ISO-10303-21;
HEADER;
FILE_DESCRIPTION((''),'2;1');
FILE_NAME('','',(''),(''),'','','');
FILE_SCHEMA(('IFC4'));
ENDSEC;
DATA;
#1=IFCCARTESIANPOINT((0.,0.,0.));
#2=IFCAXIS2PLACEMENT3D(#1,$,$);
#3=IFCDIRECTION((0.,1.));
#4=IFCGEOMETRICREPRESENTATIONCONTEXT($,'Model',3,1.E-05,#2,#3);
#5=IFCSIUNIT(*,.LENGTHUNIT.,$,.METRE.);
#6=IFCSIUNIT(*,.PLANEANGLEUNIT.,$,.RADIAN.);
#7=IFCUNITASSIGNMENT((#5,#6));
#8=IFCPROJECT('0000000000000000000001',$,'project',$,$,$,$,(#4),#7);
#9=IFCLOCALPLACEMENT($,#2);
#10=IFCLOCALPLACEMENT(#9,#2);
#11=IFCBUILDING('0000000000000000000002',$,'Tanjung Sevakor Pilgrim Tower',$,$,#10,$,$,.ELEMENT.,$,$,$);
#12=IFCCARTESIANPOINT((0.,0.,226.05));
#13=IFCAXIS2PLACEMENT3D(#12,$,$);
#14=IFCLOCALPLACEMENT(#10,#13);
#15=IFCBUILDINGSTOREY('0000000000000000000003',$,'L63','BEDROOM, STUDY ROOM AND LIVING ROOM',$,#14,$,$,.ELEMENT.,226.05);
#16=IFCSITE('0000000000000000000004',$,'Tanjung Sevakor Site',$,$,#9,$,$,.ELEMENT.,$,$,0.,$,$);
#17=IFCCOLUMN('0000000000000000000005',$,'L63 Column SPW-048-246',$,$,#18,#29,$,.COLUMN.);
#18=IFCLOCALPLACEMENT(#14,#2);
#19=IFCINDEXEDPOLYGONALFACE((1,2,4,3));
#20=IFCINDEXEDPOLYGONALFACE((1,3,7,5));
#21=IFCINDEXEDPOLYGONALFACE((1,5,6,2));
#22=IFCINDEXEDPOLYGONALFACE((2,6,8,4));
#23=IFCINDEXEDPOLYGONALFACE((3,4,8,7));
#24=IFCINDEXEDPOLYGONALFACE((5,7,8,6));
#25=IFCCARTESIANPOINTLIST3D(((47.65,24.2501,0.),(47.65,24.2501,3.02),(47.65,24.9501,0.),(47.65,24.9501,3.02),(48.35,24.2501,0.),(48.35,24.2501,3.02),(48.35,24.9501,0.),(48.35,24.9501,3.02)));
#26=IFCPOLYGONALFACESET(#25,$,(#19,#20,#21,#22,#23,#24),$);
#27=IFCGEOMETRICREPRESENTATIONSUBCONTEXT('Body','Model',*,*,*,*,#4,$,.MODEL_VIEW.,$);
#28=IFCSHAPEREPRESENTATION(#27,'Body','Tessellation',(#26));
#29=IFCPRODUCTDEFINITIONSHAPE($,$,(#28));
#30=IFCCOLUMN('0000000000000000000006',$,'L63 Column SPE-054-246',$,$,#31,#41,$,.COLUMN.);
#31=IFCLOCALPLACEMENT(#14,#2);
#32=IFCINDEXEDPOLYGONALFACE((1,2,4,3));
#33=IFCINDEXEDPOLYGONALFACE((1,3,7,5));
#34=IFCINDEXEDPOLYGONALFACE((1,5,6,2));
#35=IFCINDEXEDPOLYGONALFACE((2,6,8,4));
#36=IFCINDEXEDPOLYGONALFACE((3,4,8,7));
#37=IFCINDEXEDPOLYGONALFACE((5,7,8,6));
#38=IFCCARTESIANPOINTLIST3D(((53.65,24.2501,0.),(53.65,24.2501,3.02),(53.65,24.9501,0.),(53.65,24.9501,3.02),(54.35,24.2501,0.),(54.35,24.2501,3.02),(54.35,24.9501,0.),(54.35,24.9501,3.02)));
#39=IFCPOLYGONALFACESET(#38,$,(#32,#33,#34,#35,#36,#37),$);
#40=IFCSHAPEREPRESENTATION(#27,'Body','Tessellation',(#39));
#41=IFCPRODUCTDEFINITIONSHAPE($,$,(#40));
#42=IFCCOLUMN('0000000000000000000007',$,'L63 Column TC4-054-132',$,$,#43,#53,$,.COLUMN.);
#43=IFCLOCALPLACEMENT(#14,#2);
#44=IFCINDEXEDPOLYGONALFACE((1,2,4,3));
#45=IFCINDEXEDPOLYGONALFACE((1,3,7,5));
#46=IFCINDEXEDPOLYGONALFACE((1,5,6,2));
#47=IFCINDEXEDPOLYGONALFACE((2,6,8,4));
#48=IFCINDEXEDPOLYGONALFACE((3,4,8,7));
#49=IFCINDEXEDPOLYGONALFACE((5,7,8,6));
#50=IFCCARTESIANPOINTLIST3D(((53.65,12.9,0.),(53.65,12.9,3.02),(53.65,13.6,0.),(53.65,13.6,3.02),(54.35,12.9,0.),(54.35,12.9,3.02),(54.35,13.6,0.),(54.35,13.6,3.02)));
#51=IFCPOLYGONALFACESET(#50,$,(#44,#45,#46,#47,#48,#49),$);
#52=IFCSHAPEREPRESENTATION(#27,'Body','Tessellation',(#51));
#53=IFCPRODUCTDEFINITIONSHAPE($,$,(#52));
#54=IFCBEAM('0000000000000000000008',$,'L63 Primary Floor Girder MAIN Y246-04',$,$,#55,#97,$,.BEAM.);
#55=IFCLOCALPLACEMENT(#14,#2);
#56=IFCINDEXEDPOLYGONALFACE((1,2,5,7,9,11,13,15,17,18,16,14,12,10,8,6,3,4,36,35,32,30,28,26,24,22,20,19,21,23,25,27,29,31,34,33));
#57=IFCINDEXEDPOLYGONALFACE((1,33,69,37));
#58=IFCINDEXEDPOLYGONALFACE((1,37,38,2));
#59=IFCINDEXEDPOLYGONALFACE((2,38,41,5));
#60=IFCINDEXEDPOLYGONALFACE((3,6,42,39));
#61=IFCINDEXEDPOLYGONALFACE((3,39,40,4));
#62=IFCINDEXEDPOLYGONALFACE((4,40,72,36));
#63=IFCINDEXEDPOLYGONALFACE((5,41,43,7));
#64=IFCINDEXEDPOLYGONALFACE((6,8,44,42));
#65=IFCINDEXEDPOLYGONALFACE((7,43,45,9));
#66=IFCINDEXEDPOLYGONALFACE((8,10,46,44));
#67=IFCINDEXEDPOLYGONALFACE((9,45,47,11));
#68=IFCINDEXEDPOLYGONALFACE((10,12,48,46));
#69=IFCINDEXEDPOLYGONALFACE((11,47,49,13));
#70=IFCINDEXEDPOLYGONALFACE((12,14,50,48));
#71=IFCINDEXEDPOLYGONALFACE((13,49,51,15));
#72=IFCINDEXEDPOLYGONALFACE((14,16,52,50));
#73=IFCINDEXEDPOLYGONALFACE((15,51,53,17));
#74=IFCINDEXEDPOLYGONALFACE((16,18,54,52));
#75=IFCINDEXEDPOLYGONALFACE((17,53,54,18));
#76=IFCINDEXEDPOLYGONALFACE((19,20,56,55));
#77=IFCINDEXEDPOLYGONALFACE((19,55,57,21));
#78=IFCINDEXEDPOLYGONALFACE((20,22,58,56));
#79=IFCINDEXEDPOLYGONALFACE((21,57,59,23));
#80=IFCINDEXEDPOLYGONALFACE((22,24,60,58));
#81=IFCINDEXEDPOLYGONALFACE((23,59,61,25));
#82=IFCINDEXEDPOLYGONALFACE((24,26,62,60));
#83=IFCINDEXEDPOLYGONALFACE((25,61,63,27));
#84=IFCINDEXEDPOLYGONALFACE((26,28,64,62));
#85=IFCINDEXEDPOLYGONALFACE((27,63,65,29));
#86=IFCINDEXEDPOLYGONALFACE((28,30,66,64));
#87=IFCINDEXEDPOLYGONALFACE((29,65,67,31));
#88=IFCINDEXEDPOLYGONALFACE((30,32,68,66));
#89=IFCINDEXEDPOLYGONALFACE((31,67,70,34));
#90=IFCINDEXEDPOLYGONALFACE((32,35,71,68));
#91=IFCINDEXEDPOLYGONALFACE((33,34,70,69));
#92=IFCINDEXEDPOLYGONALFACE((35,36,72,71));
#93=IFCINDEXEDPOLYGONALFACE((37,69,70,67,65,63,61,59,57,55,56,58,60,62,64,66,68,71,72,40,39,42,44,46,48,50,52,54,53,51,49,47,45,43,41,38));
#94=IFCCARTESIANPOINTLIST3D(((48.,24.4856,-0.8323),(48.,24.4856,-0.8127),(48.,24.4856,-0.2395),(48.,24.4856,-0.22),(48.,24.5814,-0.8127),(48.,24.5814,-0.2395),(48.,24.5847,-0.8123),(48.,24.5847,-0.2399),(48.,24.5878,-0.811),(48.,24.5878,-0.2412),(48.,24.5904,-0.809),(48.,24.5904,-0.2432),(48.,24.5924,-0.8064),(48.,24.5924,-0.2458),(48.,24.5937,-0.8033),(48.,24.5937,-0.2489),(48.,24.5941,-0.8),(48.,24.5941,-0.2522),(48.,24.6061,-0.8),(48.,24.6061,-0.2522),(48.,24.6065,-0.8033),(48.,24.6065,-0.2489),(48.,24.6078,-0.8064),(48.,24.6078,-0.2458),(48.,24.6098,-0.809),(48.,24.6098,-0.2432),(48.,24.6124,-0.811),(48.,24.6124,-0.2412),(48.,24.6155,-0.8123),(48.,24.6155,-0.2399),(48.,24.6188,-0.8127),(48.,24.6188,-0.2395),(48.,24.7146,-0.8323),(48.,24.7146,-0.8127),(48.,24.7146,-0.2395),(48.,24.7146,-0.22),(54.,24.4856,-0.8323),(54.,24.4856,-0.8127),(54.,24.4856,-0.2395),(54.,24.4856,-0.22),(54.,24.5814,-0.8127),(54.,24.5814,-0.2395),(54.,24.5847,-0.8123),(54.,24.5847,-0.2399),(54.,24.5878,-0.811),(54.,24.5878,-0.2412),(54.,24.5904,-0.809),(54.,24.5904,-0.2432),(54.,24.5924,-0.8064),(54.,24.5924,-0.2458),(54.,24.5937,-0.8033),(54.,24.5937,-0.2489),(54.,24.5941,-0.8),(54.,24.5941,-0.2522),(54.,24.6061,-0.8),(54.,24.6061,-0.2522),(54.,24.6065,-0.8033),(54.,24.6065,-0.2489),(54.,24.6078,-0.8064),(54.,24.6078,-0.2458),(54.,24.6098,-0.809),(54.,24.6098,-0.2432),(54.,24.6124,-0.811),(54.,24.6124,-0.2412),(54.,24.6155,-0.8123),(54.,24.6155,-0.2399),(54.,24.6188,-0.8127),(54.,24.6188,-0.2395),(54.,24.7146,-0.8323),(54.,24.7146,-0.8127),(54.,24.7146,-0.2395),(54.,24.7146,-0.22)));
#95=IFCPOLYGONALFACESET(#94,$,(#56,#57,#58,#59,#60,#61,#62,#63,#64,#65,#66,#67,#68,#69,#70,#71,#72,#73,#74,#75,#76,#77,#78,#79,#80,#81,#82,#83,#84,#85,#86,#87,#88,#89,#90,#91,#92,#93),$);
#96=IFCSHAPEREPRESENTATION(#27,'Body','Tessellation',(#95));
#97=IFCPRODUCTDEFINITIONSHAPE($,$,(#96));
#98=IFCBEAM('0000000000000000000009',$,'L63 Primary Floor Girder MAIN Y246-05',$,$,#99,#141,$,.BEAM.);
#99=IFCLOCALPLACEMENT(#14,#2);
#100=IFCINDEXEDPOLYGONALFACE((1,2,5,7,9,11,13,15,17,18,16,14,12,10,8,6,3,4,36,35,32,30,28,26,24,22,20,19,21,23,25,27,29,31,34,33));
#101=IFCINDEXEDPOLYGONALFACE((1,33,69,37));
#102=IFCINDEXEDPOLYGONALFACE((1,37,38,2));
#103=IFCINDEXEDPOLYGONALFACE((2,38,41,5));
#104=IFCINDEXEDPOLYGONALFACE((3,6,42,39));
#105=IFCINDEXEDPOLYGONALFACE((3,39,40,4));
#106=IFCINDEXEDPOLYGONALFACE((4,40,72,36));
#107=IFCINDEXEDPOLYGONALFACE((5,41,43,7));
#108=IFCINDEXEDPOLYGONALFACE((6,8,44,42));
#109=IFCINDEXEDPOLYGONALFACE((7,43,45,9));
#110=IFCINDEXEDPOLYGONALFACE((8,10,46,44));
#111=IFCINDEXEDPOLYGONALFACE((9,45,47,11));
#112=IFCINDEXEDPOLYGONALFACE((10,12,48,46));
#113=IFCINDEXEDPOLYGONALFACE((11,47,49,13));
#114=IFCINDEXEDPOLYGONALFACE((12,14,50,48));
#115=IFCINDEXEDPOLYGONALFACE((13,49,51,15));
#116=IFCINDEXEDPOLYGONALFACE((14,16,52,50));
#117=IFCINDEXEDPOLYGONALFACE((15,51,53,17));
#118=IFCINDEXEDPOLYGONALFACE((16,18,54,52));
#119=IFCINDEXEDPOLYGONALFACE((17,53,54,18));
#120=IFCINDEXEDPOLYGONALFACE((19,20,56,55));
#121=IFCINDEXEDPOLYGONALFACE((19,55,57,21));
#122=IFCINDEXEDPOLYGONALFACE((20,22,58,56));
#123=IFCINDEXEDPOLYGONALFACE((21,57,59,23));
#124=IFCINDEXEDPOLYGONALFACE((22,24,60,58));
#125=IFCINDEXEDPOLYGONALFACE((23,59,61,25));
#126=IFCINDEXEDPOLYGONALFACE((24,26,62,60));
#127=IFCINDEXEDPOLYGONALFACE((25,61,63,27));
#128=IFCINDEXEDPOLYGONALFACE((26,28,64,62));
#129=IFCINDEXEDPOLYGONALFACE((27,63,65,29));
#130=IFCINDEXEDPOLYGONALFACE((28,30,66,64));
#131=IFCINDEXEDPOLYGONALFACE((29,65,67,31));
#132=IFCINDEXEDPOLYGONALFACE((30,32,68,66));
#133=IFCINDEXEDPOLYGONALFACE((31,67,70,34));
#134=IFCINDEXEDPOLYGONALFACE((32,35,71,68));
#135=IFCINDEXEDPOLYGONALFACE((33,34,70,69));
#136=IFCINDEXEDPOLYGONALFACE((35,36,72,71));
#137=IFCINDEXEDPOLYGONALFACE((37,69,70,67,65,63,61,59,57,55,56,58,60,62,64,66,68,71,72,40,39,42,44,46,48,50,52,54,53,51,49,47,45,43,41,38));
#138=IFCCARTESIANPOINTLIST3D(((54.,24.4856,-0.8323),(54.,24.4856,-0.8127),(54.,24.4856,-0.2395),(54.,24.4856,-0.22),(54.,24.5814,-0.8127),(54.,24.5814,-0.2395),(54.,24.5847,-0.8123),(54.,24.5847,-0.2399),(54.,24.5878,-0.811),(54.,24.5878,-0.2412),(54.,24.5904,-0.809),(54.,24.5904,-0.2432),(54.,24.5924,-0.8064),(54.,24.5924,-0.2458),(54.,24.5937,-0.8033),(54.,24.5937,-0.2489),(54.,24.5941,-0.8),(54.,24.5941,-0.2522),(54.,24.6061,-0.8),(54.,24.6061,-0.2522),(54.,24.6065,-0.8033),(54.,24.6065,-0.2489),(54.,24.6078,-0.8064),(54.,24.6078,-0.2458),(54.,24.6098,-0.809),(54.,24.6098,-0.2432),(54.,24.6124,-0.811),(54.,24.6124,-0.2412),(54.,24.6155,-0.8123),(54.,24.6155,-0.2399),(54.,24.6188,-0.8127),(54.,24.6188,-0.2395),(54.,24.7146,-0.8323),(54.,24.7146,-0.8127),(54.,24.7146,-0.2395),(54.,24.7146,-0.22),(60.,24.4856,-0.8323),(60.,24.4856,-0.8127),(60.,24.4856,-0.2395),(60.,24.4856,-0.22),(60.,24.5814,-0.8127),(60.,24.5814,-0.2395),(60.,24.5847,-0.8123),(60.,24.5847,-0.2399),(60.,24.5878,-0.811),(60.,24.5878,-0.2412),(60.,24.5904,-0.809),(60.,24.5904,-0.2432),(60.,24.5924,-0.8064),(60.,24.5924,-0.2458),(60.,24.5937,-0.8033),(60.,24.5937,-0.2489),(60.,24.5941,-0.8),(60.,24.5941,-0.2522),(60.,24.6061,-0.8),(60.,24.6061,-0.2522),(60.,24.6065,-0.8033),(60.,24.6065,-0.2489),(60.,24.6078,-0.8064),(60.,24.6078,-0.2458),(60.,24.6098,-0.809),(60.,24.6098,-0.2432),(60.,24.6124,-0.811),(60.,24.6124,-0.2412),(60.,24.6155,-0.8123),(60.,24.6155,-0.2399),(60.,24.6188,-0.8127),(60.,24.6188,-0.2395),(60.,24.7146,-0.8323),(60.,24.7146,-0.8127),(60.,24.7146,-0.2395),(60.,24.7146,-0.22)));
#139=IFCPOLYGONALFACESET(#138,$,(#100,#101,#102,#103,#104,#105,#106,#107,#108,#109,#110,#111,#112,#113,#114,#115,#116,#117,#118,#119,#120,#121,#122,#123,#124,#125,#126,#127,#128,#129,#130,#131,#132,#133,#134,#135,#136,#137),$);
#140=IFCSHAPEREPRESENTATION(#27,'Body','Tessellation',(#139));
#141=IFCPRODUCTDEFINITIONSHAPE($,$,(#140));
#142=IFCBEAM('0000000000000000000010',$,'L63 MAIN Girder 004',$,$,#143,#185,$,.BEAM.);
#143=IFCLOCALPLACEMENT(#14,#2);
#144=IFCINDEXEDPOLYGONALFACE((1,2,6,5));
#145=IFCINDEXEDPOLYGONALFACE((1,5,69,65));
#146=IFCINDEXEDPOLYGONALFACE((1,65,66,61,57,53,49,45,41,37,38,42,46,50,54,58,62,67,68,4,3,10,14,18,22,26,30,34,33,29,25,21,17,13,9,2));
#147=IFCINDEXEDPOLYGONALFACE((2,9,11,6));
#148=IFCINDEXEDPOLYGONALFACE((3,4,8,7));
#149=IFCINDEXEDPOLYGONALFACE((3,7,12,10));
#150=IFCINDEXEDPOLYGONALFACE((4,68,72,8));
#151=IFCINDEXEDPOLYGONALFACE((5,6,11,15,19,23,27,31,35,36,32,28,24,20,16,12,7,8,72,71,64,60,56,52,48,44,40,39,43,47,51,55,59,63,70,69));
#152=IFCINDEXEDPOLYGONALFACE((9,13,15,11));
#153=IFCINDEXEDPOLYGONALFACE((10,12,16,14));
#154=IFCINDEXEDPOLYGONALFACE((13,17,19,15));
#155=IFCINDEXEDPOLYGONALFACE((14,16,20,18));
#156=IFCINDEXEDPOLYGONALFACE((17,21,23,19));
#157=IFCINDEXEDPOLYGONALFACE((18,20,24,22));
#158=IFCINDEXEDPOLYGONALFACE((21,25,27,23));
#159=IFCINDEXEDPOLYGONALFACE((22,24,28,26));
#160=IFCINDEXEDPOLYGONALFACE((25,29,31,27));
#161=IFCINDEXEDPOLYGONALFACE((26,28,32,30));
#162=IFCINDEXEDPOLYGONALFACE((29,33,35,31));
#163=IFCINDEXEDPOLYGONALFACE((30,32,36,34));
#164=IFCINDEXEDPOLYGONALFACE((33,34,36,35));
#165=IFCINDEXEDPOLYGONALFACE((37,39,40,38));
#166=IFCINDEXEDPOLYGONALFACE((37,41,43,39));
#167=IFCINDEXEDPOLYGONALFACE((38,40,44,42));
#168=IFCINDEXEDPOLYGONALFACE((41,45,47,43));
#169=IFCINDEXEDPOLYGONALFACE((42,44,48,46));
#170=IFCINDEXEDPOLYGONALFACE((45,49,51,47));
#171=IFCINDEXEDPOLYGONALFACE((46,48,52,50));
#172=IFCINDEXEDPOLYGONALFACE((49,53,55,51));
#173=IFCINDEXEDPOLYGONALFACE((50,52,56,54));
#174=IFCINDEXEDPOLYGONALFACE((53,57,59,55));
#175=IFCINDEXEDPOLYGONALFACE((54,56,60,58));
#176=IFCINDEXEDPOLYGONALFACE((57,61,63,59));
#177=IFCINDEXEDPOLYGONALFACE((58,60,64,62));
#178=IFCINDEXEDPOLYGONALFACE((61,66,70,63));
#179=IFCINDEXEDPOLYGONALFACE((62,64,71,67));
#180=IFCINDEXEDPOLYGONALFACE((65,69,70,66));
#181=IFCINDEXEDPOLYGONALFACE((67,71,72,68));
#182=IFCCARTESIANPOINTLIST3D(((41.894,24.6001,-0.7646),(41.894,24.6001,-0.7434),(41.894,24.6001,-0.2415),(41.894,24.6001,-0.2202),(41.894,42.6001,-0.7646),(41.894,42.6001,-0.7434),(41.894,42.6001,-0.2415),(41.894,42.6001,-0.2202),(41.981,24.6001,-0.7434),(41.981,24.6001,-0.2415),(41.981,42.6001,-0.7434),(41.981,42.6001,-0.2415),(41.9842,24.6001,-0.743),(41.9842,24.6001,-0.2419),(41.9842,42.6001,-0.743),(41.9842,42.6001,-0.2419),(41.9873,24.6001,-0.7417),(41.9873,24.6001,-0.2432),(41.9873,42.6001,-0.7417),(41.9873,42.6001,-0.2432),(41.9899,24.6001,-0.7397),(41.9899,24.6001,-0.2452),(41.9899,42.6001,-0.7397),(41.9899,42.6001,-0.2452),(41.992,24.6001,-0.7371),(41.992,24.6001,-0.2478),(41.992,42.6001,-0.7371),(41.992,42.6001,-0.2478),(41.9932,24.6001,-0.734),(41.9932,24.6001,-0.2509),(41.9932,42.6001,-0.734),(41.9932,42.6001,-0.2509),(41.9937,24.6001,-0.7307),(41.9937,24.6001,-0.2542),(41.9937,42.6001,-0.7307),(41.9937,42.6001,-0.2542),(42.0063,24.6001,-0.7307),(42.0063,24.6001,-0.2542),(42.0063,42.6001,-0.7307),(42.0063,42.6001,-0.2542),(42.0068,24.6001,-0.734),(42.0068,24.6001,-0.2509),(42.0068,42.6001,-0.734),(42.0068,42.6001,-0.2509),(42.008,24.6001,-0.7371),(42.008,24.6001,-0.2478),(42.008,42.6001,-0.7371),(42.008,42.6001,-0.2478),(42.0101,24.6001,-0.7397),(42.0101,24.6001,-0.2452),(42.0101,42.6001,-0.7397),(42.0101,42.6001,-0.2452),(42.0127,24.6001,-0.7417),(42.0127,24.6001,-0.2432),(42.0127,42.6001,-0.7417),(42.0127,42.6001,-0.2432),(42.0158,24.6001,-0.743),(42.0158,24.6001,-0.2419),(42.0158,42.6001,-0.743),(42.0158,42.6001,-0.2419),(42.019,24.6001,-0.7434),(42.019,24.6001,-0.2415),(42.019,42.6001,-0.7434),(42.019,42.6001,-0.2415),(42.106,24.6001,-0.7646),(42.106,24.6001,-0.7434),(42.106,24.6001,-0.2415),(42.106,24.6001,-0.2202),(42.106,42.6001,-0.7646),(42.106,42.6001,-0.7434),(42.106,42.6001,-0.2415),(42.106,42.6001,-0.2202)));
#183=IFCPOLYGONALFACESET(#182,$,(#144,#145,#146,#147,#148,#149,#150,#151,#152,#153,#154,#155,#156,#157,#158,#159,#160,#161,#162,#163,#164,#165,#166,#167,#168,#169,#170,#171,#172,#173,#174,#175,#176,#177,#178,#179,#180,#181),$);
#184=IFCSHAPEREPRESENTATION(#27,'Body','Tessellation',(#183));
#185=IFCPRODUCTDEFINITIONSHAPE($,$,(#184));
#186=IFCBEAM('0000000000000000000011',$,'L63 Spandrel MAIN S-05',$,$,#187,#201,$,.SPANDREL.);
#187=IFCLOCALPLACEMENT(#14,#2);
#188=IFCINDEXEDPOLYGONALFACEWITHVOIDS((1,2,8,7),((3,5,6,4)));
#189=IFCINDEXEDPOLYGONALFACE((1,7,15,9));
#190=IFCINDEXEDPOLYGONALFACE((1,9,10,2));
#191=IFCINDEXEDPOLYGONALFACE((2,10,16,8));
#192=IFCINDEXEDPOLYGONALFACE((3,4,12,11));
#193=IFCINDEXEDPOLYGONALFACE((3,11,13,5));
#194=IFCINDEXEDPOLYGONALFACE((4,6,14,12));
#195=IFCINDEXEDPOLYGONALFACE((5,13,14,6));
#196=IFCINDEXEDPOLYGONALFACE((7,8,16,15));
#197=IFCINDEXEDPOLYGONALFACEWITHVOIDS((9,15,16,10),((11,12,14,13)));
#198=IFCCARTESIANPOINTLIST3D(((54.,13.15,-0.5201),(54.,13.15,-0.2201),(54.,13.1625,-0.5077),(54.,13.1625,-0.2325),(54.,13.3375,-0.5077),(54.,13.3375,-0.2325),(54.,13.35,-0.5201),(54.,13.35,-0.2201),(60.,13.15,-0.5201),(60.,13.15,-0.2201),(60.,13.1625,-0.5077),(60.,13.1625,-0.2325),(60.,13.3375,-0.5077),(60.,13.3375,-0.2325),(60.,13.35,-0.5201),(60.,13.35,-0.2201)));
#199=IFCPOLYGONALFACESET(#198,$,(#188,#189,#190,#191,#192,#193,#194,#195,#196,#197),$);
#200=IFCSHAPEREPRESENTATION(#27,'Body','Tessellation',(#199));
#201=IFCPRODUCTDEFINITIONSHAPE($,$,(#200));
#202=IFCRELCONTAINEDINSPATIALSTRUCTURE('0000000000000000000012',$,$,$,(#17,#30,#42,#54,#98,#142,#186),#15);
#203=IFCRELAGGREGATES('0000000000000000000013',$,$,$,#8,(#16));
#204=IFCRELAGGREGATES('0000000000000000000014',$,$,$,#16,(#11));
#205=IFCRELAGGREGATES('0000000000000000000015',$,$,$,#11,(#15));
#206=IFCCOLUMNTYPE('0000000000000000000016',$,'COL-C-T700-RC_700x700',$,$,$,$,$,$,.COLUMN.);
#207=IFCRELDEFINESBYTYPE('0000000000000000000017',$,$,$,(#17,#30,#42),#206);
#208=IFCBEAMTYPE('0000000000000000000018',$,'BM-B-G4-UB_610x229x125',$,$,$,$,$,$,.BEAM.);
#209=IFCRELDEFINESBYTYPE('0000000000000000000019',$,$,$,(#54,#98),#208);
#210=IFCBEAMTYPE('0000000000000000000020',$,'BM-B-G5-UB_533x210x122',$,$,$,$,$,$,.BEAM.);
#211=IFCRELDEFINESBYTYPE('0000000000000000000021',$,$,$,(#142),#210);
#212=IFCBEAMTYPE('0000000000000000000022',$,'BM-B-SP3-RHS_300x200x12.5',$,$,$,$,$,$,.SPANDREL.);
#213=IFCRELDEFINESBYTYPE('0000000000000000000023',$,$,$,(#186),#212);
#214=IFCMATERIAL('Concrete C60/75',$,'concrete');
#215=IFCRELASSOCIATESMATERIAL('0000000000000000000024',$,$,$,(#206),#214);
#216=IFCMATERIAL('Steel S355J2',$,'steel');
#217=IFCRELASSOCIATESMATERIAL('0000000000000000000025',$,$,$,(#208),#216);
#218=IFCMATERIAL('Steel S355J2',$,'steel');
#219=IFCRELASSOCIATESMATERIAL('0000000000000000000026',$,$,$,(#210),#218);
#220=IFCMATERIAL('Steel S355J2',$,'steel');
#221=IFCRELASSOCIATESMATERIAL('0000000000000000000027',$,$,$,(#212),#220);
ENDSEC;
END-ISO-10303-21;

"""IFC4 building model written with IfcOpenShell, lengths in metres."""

from ifc_helpers import new_model, si_unit, direction, frame, origin, origin_2d, place, context, subcontext, project, spatial, rectangle, hollow_rectangle, i_section, extrude, material, material_profile, profile_set, type_object, element, save


model = new_model("IFC4")

# Units and contexts
model_context = context("Model", 3, precision=1e-05, world=origin(), true_north=direction((0.0, 1.0)))
body_context = subcontext(model_context, "Body", "Model", "MODEL_VIEW")
ifc_project = project(units=[si_unit("LENGTHUNIT", "METRE"), si_unit("PLANEANGLEUNIT", "RADIAN")], contexts=[model_context])

# Site, building, storey
site_placement = place(None, origin())
site = spatial("IfcSite", under=ifc_project, at=site_placement, Name="Tanjung Sevakor Site", CompositionType="ELEMENT", RefElevation=0.0)
building_placement = place(site_placement, origin())
building = spatial("IfcBuilding", under=site, at=building_placement, Name="Tanjung Sevakor Pilgrim Tower", CompositionType="ELEMENT")
storey_placement = place(building_placement, frame((0.0, 0.0, 226.05)))
storey = spatial("IfcBuildingStorey", under=building, at=storey_placement, Name="L63", Description="BEDROOM, STUDY ROOM AND LIVING ROOM", CompositionType="ELEMENT", Elevation=226.05)

# Columns
ifc_material_1 = material(Name="Concrete C60/75", Category="concrete")
ifc_material_profile_1 = material_profile(ifc_material_1, rectangle(XDim=0.7, YDim=0.7, at=origin_2d()))
ifc_profile_set_1 = profile_set([ifc_material_profile_1], Name="Concrete C60/75")
column_type = type_object("IfcColumnType", Name="COL-C-T700-RC_700x700", PredefinedType="COLUMN", material=ifc_profile_set_1)
for number, where, z_axis, x_axis, name in (
    (1, (48.0, 24.6001, 0.0), (0.0, 0.0, 1.0), (1.0, 0.0, 0.0), "L63 Column SPW-048-246"),
    (2, (54.0, 24.6001, 0.0), (0.0, 0.0, 1.0), (1.0, 0.0, 0.0), "L63 Column SPE-054-246"),
    (3, (54.0, 13.25, 0.0), (0.0, 0.0, 1.0), (1.0, 0.0, 0.0), "L63 Column TC4-054-132"),
):
    element("IfcColumn", number, at=place(storey_placement, frame(where, z_axis=z_axis, x_axis=x_axis)), inside=storey, type_object=column_type, Name=name, PredefinedType="COLUMN", context=body_context, shape_type="SweptSolid", body=[
        extrude(rectangle(XDim=0.7, YDim=0.7, at=origin_2d()), origin(), (0.0, 0.0, 1.0), 3.02),
    ])

# Beams
ifc_material_2 = material(Name="Steel S355J2", Category="steel")
ifc_material_profile_2 = material_profile(ifc_material_2, i_section(OverallWidth=0.229, OverallDepth=0.6123, WebThickness=0.012, FlangeThickness=0.0195, FilletRadius=0.0127, at=origin_2d()))
ifc_profile_set_2 = profile_set([ifc_material_profile_2], Name="Steel S355J2")
beam_type_1 = type_object("IfcBeamType", Name="BM-B-G4-UB_610x229x125", PredefinedType="BEAM", material=ifc_profile_set_2)
for number, where, z_axis, x_axis, name in (
    (4, (48.0, 24.6001, -0.5261), (1.0, 0.0, 0.0), (0.0, 1.0, 0.0), "L63 Primary Floor Girder MAIN Y246-04"),
    (5, (54.0, 24.6001, -0.5261), (1.0, 0.0, 0.0), (0.0, 1.0, 0.0), "L63 Primary Floor Girder MAIN Y246-05"),
):
    element("IfcBeam", number, at=place(storey_placement, frame(where, z_axis=z_axis, x_axis=x_axis)), inside=storey, type_object=beam_type_1, Name=name, PredefinedType="BEAM", context=body_context, shape_type="SweptSolid", body=[
        extrude(i_section(OverallWidth=0.229, OverallDepth=0.6123, WebThickness=0.012, FlangeThickness=0.0195, FilletRadius=0.0127, at=origin_2d()), origin(), (0.0, 0.0, 1.0), 6.0),
    ])
ifc_material_3 = material(Name="Steel S355J2", Category="steel")
ifc_material_profile_3 = material_profile(ifc_material_3, i_section(OverallWidth=0.2119, OverallDepth=0.5444, WebThickness=0.0127, FlangeThickness=0.0212, FilletRadius=0.0127, at=origin_2d()))
ifc_profile_set_3 = profile_set([ifc_material_profile_3], Name="Steel S355J2")
beam_type_2 = type_object("IfcBeamType", Name="BM-B-G5-UB_533x210x122", PredefinedType="BEAM", material=ifc_profile_set_3)
beam_1_placement = place(storey_placement, frame((42.0, 24.6001, -0.4924), z_axis=(0.0, 1.0, 0.0), x_axis=(-1.0, 0.0, 0.0)))
element("IfcBeam", 6, at=beam_1_placement, inside=storey, type_object=beam_type_2, Name="L63 MAIN Girder 004", PredefinedType="BEAM", context=body_context, shape_type="SweptSolid", body=[
    extrude(i_section(OverallWidth=0.2119, OverallDepth=0.5444, WebThickness=0.0127, FlangeThickness=0.0212, FilletRadius=0.0127, at=origin_2d()), origin(), (0.0, 0.0, 1.0), 18.0),
])
ifc_material_4 = material(Name="Steel S355J2", Category="steel")
ifc_material_profile_4 = material_profile(ifc_material_4, hollow_rectangle(XDim=0.2, YDim=0.3, WallThickness=0.0125, at=origin_2d()))
ifc_profile_set_4 = profile_set([ifc_material_profile_4], Name="Steel S355J2")
beam_type_3 = type_object("IfcBeamType", Name="BM-B-SP3-RHS_300x200x12.5", PredefinedType="SPANDREL", material=ifc_profile_set_4)
beam_2_placement = place(storey_placement, frame((54.0, 13.25, -0.3701), z_axis=(1.0, 0.0, 0.0), x_axis=(0.0, 1.0, 0.0)))
element("IfcBeam", 7, at=beam_2_placement, inside=storey, type_object=beam_type_3, Name="L63 Spandrel MAIN S-05", PredefinedType="SPANDREL", context=body_context, shape_type="SweptSolid", body=[
    extrude(hollow_rectangle(XDim=0.2, YDim=0.3, WallThickness=0.0125, at=origin_2d()), origin(), (0.0, 0.0, 1.0), 6.0),
])

save(model, "model.ifc")
